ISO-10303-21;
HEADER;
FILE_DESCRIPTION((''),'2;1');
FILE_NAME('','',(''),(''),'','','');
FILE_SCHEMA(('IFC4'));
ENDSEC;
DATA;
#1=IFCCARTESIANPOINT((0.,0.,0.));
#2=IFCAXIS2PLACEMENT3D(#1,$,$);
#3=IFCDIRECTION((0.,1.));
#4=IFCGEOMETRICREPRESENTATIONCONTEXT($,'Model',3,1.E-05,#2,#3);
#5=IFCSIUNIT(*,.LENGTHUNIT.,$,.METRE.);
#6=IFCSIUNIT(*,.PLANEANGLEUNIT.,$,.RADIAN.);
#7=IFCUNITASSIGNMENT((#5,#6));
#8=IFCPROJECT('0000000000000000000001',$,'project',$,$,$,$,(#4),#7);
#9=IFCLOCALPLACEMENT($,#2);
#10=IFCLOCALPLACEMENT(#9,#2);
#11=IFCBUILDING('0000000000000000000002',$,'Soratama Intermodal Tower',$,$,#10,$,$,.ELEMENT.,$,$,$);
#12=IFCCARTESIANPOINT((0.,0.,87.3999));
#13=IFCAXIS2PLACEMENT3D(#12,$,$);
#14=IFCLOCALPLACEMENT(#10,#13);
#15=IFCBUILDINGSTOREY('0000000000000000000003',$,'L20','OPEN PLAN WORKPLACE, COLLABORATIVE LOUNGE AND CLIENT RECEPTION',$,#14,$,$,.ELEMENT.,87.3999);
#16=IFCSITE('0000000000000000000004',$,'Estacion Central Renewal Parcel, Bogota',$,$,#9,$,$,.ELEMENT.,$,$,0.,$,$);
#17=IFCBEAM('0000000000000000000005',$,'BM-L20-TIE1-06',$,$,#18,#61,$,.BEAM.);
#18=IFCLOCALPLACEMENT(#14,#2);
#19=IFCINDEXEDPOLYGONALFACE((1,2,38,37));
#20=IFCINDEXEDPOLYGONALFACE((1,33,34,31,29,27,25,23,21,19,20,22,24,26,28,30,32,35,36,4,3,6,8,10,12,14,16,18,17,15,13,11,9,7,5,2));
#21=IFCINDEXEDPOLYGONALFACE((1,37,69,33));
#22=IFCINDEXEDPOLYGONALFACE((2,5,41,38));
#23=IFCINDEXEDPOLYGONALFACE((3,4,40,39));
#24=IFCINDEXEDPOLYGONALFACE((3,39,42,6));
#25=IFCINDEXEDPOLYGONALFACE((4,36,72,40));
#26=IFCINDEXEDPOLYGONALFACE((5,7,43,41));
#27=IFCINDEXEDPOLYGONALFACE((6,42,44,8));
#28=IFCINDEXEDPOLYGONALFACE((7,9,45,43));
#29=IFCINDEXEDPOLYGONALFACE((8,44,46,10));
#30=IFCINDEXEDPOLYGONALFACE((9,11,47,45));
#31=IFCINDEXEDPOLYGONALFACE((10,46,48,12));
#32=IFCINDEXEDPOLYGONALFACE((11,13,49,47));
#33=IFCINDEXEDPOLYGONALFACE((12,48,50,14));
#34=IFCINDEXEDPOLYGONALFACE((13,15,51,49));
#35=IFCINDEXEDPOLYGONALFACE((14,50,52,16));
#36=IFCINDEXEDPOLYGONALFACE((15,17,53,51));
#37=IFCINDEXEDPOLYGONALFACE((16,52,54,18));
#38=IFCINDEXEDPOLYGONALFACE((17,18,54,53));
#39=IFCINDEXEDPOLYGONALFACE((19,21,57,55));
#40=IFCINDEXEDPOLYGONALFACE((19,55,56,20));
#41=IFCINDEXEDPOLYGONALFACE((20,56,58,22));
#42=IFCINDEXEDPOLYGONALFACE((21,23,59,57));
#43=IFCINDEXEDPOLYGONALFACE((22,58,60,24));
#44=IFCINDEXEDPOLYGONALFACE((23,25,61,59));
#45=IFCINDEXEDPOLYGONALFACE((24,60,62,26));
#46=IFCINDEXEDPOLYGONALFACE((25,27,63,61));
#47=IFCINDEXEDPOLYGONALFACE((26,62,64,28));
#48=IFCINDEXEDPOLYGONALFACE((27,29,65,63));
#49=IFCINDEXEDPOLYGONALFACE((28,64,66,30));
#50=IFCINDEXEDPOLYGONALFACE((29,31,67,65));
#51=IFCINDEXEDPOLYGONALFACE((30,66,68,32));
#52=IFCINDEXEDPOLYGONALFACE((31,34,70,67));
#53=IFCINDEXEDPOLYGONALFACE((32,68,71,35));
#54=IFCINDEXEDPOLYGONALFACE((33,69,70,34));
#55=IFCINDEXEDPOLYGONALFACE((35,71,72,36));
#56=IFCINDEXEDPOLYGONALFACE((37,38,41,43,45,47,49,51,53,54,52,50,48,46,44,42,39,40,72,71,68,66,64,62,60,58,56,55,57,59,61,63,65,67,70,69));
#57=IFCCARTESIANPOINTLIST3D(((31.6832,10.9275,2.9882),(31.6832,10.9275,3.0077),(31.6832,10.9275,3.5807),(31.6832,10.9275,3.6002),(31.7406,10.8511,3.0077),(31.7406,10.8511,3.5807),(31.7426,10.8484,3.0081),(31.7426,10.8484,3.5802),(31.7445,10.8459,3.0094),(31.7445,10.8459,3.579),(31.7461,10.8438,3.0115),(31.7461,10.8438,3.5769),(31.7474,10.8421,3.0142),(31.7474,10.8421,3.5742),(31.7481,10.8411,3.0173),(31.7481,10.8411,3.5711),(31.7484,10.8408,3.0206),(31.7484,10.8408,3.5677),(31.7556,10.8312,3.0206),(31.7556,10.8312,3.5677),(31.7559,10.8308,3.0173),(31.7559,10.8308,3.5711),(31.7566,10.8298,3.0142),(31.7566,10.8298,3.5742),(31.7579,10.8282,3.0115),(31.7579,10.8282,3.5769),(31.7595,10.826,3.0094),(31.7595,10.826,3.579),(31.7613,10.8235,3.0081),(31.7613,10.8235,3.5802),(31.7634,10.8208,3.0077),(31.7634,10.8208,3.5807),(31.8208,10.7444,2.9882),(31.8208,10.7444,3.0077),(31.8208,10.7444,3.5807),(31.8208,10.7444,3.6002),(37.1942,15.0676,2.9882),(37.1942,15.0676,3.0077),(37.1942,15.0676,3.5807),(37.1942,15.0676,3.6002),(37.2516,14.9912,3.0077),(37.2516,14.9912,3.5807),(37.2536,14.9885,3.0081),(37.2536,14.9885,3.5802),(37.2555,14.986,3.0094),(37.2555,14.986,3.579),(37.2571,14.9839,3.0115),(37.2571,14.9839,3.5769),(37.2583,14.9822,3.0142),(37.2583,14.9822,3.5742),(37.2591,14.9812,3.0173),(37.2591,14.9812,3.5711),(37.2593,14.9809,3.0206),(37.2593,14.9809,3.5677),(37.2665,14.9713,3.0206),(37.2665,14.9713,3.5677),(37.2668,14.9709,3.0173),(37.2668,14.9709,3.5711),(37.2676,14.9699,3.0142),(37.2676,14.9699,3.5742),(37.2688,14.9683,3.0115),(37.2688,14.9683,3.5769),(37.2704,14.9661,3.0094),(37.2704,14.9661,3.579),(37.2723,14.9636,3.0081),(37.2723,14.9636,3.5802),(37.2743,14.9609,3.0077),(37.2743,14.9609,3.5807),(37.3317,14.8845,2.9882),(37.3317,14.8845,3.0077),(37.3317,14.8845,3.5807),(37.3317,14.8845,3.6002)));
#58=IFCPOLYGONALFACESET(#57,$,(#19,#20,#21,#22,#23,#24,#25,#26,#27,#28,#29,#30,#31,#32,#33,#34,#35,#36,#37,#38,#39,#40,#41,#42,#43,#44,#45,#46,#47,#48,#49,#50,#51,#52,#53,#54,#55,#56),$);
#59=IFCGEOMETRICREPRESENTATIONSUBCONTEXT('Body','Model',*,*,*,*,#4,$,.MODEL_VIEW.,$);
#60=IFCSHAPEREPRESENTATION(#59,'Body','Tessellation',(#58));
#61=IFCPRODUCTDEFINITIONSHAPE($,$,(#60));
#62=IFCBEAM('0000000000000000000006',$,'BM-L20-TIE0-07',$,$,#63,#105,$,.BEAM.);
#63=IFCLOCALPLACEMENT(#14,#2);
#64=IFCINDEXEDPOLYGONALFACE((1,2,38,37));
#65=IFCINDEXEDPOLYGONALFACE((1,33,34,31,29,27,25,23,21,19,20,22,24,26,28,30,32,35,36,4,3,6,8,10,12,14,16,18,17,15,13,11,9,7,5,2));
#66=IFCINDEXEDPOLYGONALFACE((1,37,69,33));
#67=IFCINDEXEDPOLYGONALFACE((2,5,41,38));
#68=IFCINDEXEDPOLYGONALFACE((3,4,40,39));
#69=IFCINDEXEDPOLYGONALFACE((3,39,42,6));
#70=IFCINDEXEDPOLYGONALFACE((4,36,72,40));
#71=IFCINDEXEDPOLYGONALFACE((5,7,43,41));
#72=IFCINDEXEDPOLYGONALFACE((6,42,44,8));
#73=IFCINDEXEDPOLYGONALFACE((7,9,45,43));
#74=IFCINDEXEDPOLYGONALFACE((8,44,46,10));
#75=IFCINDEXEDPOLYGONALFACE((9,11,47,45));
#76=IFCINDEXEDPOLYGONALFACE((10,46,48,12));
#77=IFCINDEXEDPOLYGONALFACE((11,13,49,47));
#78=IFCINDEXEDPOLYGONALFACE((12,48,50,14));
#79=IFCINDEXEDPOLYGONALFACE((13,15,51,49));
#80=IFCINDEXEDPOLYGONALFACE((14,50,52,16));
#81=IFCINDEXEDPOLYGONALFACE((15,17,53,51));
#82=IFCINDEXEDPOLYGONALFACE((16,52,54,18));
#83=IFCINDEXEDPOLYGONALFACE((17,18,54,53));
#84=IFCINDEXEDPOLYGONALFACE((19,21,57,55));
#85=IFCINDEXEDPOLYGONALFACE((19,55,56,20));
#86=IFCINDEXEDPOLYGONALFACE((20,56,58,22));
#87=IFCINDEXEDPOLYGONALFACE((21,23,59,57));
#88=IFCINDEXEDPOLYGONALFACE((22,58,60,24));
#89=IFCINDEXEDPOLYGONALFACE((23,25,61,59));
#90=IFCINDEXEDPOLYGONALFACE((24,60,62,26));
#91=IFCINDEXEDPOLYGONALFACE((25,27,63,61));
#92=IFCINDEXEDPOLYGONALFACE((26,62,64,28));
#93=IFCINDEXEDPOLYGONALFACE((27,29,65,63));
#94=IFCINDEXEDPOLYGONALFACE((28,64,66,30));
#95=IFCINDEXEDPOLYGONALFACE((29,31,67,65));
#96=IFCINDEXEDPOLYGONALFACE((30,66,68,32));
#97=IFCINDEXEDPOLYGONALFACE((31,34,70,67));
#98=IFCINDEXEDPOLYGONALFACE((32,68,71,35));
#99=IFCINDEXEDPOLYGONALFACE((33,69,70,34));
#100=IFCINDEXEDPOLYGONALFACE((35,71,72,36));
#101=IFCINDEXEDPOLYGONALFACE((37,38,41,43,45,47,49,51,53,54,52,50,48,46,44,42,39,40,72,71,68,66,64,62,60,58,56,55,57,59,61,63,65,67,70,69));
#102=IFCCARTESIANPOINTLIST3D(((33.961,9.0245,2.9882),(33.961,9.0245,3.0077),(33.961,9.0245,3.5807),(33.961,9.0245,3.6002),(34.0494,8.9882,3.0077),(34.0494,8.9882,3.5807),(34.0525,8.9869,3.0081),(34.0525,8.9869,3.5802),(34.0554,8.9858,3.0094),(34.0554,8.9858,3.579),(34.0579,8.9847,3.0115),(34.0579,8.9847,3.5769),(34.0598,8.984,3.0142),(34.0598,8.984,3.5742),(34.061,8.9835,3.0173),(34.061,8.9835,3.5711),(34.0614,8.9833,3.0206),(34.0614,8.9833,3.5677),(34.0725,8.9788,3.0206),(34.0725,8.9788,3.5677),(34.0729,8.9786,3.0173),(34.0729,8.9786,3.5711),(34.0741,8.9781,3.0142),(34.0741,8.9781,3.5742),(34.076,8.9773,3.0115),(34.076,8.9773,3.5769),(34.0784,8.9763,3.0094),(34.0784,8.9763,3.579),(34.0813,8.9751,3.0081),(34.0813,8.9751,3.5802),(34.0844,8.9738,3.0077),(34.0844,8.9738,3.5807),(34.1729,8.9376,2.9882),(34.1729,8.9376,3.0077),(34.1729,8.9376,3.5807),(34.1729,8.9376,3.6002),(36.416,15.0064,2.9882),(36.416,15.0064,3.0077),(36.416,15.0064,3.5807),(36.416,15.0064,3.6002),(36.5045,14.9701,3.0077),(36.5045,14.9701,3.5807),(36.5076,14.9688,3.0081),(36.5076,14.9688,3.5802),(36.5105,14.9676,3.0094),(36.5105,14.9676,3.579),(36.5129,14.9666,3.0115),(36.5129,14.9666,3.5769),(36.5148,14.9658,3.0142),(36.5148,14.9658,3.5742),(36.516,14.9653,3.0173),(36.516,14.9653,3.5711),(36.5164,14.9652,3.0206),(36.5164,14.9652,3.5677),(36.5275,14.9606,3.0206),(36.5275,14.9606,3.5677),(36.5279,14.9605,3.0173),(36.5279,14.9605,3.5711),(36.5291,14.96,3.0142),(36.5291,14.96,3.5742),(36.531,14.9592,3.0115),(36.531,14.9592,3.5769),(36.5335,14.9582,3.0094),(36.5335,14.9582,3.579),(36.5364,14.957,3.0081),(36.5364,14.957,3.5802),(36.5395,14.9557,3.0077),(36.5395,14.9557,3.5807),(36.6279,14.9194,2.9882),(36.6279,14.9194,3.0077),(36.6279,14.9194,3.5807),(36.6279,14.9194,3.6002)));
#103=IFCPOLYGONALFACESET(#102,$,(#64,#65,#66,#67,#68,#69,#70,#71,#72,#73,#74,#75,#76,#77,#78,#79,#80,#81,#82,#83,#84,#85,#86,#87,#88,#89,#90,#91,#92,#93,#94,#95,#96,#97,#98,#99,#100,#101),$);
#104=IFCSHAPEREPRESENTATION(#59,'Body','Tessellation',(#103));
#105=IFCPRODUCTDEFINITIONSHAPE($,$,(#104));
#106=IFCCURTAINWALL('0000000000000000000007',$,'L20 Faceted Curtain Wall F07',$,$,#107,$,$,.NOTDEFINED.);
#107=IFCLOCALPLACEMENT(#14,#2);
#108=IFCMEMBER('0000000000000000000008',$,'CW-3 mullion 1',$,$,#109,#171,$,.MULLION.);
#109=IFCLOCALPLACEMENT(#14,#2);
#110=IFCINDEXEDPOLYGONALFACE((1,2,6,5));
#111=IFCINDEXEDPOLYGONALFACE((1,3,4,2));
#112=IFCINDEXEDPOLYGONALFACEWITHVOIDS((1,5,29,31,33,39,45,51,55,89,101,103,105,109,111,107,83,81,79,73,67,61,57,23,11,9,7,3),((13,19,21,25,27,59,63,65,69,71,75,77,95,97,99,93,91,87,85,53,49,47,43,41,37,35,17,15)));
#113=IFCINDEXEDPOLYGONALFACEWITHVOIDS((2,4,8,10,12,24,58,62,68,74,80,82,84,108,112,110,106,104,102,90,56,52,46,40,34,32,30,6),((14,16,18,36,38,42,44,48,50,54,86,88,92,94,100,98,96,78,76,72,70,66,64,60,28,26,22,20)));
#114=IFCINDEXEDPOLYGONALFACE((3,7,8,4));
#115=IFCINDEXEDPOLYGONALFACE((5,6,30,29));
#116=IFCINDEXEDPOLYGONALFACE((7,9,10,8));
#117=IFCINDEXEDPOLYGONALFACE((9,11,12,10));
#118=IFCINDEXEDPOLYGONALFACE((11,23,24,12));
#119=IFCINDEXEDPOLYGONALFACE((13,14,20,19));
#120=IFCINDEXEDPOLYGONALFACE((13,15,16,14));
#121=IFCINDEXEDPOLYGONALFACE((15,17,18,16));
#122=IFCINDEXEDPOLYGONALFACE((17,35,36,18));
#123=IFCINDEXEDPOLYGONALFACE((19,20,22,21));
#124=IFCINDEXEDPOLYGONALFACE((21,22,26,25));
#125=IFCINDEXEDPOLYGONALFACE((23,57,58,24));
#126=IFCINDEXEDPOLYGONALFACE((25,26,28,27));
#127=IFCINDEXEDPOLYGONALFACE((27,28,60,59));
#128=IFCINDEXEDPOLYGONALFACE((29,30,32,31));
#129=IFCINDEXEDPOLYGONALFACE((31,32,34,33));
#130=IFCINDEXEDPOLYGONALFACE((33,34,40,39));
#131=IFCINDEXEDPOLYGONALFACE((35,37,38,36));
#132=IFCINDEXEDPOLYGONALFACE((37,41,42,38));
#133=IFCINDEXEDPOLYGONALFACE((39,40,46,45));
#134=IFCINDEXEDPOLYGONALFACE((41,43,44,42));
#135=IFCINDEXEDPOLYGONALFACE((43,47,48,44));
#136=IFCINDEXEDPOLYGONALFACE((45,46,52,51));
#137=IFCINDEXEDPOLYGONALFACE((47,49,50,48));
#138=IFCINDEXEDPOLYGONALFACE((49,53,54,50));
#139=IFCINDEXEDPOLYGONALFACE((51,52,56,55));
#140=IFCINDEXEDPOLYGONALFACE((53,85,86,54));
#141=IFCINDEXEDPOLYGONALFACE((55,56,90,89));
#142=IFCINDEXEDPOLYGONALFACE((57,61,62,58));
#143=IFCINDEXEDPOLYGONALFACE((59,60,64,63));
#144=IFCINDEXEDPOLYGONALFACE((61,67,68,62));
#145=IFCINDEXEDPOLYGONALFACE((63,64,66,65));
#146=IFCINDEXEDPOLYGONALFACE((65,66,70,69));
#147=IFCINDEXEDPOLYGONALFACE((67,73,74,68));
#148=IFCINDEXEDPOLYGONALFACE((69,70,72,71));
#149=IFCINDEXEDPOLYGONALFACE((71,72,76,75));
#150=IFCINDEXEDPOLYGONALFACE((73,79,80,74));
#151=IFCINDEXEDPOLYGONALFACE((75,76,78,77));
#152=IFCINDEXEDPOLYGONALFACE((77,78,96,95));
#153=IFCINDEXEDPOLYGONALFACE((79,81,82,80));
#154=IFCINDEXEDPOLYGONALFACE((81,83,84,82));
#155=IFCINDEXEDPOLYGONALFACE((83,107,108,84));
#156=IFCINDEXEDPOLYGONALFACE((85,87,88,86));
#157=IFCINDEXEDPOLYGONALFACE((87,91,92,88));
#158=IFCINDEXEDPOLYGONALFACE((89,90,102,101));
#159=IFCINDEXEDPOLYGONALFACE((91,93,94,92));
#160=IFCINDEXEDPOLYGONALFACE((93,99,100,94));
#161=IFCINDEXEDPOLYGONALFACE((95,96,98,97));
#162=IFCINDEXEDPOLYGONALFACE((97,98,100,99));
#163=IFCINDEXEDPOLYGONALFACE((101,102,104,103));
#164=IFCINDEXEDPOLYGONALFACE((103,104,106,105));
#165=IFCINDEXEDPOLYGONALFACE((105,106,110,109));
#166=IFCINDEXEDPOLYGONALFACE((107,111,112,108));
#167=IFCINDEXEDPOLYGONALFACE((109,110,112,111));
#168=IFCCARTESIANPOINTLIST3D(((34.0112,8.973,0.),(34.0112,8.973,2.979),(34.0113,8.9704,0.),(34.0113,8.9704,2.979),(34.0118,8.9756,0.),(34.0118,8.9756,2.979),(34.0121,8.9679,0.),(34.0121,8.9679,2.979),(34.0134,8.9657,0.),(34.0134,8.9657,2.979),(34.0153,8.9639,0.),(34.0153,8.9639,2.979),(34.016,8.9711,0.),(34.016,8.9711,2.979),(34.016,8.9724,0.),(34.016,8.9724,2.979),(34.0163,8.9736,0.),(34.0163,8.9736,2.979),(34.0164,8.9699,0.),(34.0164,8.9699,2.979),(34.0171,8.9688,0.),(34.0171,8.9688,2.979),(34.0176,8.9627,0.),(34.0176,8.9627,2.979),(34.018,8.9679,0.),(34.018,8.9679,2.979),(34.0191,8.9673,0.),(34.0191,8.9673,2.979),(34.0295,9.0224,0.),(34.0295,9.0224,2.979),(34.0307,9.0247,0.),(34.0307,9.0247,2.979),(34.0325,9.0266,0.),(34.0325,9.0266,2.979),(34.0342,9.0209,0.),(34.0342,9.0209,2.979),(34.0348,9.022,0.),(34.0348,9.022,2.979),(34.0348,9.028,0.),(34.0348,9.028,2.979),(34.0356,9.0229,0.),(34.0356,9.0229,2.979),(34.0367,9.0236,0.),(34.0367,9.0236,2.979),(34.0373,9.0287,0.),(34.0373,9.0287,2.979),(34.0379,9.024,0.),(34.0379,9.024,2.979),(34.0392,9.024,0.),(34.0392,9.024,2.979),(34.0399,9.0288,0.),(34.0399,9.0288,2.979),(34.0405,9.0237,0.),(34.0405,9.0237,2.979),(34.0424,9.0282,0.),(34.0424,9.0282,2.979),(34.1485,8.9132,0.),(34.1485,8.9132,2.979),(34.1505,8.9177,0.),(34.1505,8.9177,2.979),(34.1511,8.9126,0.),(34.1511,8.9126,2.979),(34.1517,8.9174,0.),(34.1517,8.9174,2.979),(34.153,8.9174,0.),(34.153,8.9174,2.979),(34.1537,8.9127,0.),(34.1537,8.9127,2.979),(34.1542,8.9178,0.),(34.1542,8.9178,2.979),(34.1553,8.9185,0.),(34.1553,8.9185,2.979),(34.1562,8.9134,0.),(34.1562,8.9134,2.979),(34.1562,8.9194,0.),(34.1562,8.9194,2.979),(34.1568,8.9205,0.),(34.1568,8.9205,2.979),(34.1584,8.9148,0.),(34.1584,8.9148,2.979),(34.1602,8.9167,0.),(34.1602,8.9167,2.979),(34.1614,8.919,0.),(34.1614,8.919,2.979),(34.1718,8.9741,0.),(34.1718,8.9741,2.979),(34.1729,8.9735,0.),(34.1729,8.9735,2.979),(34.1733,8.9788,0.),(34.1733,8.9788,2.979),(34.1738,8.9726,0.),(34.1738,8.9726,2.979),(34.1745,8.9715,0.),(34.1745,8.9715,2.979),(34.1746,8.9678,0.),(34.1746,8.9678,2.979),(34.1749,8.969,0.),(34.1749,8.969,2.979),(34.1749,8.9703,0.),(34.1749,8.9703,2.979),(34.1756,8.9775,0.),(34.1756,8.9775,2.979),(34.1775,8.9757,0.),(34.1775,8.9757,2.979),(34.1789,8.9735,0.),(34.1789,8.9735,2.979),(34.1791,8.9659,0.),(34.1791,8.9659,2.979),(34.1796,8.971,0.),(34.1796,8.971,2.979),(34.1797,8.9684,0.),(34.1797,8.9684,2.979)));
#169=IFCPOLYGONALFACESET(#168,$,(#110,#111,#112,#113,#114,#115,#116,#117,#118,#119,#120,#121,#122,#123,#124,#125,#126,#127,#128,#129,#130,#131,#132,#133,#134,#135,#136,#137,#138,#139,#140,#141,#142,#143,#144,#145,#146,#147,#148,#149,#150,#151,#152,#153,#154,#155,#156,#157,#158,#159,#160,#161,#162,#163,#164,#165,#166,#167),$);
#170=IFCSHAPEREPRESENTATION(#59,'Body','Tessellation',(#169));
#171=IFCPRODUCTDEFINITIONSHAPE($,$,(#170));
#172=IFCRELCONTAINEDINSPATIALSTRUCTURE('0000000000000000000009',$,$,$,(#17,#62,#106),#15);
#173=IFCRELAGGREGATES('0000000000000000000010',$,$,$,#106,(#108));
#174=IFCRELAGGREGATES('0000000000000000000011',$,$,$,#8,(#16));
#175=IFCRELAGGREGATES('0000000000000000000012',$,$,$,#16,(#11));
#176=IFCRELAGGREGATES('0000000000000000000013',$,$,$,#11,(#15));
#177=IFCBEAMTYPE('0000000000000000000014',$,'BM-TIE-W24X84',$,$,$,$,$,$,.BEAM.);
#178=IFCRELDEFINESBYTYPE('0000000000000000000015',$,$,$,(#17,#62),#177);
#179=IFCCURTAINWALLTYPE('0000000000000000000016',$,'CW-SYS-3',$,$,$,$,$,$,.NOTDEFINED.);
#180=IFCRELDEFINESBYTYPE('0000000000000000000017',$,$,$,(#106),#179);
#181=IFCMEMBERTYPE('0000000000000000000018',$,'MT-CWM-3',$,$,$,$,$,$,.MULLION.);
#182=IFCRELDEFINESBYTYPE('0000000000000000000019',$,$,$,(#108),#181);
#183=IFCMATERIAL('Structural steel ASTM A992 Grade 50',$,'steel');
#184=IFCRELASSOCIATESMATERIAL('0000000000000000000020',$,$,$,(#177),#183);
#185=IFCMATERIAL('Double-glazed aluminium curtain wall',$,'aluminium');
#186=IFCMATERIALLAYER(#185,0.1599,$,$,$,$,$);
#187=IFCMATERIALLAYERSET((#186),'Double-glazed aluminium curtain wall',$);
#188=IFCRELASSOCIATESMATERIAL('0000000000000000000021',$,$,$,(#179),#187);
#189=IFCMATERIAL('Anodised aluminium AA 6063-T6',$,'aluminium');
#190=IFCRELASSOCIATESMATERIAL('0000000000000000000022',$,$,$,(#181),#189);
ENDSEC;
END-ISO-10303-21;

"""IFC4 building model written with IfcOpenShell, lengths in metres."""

from ifc_helpers import new_model, si_unit, direction, frame, origin, origin_2d, place, context, subcontext, project, spatial, hollow_rectangle, i_section, extrude, material, layer, layer_set, material_profile, profile_set, type_object, element, aggregate, save


model = new_model("IFC4")

# Units and contexts
model_context = context("Model", 3, precision=1e-05, world=origin(), true_north=direction((0.0, 1.0)))
body_context = subcontext(model_context, "Body", "Model", "MODEL_VIEW")
ifc_project = project(units=[si_unit("LENGTHUNIT", "METRE"), si_unit("PLANEANGLEUNIT", "RADIAN")], contexts=[model_context])

# Site, building, storey
site_placement = place(None, origin())
site = spatial("IfcSite", under=ifc_project, at=site_placement, Name="Estacion Central Renewal Parcel, Bogota", CompositionType="ELEMENT", RefElevation=0.0)
building_placement = place(site_placement, origin())
building = spatial("IfcBuilding", under=site, at=building_placement, Name="Soratama Intermodal Tower", CompositionType="ELEMENT")
storey_placement = place(building_placement, frame((0.0, 0.0, 87.3999)))
storey = spatial("IfcBuildingStorey", under=building, at=storey_placement, Name="L20", Description="OPEN PLAN WORKPLACE, COLLABORATIVE LOUNGE AND CLIENT RECEPTION", CompositionType="ELEMENT", Elevation=87.3999)

# Beams
ifc_material_1 = material(Name="Structural steel ASTM A992 Grade 50", Category="steel")
ifc_material_profile_1 = material_profile(ifc_material_1, i_section(OverallWidth=0.229, OverallDepth=0.6121, WebThickness=0.012, FlangeThickness=0.0195, FilletRadius=0.0129, at=origin_2d()), Name="W24X84")
ifc_profile_set_1 = profile_set([ifc_material_profile_1], Name="Structural steel ASTM A992 Grade 50")
beam_type_1 = type_object("IfcBeamType", Name="BM-TIE-W24X84", PredefinedType="BEAM", material=ifc_profile_set_1)
beam_1_placement = place(storey_placement, frame((37.2629, 14.9761, 3.2942), z_axis=(-0.799519, -0.60064, 0.0), x_axis=(0.60064, -0.799519, 0.0)))
element("IfcBeam", 1, at=beam_1_placement, inside=storey, type_object=beam_type_1, Name="BM-L20-TIE1-06", PredefinedType="BEAM", context=body_context, shape_type="SweptSolid", body=[
    extrude(i_section(OverallWidth=0.229, OverallDepth=0.6121, WebThickness=0.012, FlangeThickness=0.0195, FilletRadius=0.0129, at=origin_2d()), origin(), (0.0, 0.0, 1.0), 6.8928),
])
beam_2_placement = place(storey_placement, frame((36.522, 14.9629, 3.2942), z_axis=(-0.379682, -0.925117, 0.0), x_axis=(0.925117, -0.379682, 0.0)))
element("IfcBeam", 2, at=beam_2_placement, inside=storey, type_object=beam_type_1, Name="BM-L20-TIE0-07", PredefinedType="BEAM", context=body_context, shape_type="SweptSolid", body=[
    extrude(i_section(OverallWidth=0.229, OverallDepth=0.6121, WebThickness=0.012, FlangeThickness=0.0195, FilletRadius=0.0129, at=origin_2d()), origin(), (0.0, 0.0, 1.0), 6.4661),
])

# Curtain wall, member
ifc_material_2 = material(Name="Double-glazed aluminium curtain wall", Category="aluminium")
ifc_layer_1 = layer(ifc_material_2, 0.1599)
ifc_layer_set_1 = layer_set([ifc_layer_1], Name="Double-glazed aluminium curtain wall")
curtain_wall_type = type_object("IfcCurtainWallType", Name="CW-SYS-3", PredefinedType="NOTDEFINED", material=ifc_layer_set_1)
curtain_wall_placement = place(storey_placement, origin())
curtain_wall = element("IfcCurtainWall", 3, at=curtain_wall_placement, inside=storey, type_object=curtain_wall_type, Name="L20 Faceted Curtain Wall F07", PredefinedType="NOTDEFINED")
ifc_material_3 = material(Name="Anodised aluminium AA 6063-T6", Category="aluminium")
ifc_material_profile_2 = material_profile(ifc_material_3, hollow_rectangle(XDim=0.0701, YDim=0.1599, WallThickness=0.0049, InnerFilletRadius=0.0049, OuterFilletRadius=0.01, at=origin_2d()), Name="CWM160X70X5")
ifc_profile_set_2 = profile_set([ifc_material_profile_2], Name="Anodised aluminium AA 6063-T6")
member_type_1 = type_object("IfcMemberType", Name="MT-CWM-3", PredefinedType="MULLION", material=ifc_profile_set_2)
member_1_placement = place(storey_placement, frame((34.0955, 8.9707, 0.0), z_axis=(0.0, 0.0, 1.0), x_axis=(0.353468, 0.935447, 0.0)))
member_1 = element("IfcMember", 4, at=member_1_placement, type_object=member_type_1, Name="CW-3 mullion 1", PredefinedType="MULLION", context=body_context, shape_type="SweptSolid", body=[
    extrude(hollow_rectangle(XDim=0.0701, YDim=0.1599, WallThickness=0.0049, InnerFilletRadius=0.0049, OuterFilletRadius=0.01, at=origin_2d()), origin(), (0.0, 0.0, 1.0), 2.979),
])
aggregate(curtain_wall, [member_1])

save(model, "model.ifc")
